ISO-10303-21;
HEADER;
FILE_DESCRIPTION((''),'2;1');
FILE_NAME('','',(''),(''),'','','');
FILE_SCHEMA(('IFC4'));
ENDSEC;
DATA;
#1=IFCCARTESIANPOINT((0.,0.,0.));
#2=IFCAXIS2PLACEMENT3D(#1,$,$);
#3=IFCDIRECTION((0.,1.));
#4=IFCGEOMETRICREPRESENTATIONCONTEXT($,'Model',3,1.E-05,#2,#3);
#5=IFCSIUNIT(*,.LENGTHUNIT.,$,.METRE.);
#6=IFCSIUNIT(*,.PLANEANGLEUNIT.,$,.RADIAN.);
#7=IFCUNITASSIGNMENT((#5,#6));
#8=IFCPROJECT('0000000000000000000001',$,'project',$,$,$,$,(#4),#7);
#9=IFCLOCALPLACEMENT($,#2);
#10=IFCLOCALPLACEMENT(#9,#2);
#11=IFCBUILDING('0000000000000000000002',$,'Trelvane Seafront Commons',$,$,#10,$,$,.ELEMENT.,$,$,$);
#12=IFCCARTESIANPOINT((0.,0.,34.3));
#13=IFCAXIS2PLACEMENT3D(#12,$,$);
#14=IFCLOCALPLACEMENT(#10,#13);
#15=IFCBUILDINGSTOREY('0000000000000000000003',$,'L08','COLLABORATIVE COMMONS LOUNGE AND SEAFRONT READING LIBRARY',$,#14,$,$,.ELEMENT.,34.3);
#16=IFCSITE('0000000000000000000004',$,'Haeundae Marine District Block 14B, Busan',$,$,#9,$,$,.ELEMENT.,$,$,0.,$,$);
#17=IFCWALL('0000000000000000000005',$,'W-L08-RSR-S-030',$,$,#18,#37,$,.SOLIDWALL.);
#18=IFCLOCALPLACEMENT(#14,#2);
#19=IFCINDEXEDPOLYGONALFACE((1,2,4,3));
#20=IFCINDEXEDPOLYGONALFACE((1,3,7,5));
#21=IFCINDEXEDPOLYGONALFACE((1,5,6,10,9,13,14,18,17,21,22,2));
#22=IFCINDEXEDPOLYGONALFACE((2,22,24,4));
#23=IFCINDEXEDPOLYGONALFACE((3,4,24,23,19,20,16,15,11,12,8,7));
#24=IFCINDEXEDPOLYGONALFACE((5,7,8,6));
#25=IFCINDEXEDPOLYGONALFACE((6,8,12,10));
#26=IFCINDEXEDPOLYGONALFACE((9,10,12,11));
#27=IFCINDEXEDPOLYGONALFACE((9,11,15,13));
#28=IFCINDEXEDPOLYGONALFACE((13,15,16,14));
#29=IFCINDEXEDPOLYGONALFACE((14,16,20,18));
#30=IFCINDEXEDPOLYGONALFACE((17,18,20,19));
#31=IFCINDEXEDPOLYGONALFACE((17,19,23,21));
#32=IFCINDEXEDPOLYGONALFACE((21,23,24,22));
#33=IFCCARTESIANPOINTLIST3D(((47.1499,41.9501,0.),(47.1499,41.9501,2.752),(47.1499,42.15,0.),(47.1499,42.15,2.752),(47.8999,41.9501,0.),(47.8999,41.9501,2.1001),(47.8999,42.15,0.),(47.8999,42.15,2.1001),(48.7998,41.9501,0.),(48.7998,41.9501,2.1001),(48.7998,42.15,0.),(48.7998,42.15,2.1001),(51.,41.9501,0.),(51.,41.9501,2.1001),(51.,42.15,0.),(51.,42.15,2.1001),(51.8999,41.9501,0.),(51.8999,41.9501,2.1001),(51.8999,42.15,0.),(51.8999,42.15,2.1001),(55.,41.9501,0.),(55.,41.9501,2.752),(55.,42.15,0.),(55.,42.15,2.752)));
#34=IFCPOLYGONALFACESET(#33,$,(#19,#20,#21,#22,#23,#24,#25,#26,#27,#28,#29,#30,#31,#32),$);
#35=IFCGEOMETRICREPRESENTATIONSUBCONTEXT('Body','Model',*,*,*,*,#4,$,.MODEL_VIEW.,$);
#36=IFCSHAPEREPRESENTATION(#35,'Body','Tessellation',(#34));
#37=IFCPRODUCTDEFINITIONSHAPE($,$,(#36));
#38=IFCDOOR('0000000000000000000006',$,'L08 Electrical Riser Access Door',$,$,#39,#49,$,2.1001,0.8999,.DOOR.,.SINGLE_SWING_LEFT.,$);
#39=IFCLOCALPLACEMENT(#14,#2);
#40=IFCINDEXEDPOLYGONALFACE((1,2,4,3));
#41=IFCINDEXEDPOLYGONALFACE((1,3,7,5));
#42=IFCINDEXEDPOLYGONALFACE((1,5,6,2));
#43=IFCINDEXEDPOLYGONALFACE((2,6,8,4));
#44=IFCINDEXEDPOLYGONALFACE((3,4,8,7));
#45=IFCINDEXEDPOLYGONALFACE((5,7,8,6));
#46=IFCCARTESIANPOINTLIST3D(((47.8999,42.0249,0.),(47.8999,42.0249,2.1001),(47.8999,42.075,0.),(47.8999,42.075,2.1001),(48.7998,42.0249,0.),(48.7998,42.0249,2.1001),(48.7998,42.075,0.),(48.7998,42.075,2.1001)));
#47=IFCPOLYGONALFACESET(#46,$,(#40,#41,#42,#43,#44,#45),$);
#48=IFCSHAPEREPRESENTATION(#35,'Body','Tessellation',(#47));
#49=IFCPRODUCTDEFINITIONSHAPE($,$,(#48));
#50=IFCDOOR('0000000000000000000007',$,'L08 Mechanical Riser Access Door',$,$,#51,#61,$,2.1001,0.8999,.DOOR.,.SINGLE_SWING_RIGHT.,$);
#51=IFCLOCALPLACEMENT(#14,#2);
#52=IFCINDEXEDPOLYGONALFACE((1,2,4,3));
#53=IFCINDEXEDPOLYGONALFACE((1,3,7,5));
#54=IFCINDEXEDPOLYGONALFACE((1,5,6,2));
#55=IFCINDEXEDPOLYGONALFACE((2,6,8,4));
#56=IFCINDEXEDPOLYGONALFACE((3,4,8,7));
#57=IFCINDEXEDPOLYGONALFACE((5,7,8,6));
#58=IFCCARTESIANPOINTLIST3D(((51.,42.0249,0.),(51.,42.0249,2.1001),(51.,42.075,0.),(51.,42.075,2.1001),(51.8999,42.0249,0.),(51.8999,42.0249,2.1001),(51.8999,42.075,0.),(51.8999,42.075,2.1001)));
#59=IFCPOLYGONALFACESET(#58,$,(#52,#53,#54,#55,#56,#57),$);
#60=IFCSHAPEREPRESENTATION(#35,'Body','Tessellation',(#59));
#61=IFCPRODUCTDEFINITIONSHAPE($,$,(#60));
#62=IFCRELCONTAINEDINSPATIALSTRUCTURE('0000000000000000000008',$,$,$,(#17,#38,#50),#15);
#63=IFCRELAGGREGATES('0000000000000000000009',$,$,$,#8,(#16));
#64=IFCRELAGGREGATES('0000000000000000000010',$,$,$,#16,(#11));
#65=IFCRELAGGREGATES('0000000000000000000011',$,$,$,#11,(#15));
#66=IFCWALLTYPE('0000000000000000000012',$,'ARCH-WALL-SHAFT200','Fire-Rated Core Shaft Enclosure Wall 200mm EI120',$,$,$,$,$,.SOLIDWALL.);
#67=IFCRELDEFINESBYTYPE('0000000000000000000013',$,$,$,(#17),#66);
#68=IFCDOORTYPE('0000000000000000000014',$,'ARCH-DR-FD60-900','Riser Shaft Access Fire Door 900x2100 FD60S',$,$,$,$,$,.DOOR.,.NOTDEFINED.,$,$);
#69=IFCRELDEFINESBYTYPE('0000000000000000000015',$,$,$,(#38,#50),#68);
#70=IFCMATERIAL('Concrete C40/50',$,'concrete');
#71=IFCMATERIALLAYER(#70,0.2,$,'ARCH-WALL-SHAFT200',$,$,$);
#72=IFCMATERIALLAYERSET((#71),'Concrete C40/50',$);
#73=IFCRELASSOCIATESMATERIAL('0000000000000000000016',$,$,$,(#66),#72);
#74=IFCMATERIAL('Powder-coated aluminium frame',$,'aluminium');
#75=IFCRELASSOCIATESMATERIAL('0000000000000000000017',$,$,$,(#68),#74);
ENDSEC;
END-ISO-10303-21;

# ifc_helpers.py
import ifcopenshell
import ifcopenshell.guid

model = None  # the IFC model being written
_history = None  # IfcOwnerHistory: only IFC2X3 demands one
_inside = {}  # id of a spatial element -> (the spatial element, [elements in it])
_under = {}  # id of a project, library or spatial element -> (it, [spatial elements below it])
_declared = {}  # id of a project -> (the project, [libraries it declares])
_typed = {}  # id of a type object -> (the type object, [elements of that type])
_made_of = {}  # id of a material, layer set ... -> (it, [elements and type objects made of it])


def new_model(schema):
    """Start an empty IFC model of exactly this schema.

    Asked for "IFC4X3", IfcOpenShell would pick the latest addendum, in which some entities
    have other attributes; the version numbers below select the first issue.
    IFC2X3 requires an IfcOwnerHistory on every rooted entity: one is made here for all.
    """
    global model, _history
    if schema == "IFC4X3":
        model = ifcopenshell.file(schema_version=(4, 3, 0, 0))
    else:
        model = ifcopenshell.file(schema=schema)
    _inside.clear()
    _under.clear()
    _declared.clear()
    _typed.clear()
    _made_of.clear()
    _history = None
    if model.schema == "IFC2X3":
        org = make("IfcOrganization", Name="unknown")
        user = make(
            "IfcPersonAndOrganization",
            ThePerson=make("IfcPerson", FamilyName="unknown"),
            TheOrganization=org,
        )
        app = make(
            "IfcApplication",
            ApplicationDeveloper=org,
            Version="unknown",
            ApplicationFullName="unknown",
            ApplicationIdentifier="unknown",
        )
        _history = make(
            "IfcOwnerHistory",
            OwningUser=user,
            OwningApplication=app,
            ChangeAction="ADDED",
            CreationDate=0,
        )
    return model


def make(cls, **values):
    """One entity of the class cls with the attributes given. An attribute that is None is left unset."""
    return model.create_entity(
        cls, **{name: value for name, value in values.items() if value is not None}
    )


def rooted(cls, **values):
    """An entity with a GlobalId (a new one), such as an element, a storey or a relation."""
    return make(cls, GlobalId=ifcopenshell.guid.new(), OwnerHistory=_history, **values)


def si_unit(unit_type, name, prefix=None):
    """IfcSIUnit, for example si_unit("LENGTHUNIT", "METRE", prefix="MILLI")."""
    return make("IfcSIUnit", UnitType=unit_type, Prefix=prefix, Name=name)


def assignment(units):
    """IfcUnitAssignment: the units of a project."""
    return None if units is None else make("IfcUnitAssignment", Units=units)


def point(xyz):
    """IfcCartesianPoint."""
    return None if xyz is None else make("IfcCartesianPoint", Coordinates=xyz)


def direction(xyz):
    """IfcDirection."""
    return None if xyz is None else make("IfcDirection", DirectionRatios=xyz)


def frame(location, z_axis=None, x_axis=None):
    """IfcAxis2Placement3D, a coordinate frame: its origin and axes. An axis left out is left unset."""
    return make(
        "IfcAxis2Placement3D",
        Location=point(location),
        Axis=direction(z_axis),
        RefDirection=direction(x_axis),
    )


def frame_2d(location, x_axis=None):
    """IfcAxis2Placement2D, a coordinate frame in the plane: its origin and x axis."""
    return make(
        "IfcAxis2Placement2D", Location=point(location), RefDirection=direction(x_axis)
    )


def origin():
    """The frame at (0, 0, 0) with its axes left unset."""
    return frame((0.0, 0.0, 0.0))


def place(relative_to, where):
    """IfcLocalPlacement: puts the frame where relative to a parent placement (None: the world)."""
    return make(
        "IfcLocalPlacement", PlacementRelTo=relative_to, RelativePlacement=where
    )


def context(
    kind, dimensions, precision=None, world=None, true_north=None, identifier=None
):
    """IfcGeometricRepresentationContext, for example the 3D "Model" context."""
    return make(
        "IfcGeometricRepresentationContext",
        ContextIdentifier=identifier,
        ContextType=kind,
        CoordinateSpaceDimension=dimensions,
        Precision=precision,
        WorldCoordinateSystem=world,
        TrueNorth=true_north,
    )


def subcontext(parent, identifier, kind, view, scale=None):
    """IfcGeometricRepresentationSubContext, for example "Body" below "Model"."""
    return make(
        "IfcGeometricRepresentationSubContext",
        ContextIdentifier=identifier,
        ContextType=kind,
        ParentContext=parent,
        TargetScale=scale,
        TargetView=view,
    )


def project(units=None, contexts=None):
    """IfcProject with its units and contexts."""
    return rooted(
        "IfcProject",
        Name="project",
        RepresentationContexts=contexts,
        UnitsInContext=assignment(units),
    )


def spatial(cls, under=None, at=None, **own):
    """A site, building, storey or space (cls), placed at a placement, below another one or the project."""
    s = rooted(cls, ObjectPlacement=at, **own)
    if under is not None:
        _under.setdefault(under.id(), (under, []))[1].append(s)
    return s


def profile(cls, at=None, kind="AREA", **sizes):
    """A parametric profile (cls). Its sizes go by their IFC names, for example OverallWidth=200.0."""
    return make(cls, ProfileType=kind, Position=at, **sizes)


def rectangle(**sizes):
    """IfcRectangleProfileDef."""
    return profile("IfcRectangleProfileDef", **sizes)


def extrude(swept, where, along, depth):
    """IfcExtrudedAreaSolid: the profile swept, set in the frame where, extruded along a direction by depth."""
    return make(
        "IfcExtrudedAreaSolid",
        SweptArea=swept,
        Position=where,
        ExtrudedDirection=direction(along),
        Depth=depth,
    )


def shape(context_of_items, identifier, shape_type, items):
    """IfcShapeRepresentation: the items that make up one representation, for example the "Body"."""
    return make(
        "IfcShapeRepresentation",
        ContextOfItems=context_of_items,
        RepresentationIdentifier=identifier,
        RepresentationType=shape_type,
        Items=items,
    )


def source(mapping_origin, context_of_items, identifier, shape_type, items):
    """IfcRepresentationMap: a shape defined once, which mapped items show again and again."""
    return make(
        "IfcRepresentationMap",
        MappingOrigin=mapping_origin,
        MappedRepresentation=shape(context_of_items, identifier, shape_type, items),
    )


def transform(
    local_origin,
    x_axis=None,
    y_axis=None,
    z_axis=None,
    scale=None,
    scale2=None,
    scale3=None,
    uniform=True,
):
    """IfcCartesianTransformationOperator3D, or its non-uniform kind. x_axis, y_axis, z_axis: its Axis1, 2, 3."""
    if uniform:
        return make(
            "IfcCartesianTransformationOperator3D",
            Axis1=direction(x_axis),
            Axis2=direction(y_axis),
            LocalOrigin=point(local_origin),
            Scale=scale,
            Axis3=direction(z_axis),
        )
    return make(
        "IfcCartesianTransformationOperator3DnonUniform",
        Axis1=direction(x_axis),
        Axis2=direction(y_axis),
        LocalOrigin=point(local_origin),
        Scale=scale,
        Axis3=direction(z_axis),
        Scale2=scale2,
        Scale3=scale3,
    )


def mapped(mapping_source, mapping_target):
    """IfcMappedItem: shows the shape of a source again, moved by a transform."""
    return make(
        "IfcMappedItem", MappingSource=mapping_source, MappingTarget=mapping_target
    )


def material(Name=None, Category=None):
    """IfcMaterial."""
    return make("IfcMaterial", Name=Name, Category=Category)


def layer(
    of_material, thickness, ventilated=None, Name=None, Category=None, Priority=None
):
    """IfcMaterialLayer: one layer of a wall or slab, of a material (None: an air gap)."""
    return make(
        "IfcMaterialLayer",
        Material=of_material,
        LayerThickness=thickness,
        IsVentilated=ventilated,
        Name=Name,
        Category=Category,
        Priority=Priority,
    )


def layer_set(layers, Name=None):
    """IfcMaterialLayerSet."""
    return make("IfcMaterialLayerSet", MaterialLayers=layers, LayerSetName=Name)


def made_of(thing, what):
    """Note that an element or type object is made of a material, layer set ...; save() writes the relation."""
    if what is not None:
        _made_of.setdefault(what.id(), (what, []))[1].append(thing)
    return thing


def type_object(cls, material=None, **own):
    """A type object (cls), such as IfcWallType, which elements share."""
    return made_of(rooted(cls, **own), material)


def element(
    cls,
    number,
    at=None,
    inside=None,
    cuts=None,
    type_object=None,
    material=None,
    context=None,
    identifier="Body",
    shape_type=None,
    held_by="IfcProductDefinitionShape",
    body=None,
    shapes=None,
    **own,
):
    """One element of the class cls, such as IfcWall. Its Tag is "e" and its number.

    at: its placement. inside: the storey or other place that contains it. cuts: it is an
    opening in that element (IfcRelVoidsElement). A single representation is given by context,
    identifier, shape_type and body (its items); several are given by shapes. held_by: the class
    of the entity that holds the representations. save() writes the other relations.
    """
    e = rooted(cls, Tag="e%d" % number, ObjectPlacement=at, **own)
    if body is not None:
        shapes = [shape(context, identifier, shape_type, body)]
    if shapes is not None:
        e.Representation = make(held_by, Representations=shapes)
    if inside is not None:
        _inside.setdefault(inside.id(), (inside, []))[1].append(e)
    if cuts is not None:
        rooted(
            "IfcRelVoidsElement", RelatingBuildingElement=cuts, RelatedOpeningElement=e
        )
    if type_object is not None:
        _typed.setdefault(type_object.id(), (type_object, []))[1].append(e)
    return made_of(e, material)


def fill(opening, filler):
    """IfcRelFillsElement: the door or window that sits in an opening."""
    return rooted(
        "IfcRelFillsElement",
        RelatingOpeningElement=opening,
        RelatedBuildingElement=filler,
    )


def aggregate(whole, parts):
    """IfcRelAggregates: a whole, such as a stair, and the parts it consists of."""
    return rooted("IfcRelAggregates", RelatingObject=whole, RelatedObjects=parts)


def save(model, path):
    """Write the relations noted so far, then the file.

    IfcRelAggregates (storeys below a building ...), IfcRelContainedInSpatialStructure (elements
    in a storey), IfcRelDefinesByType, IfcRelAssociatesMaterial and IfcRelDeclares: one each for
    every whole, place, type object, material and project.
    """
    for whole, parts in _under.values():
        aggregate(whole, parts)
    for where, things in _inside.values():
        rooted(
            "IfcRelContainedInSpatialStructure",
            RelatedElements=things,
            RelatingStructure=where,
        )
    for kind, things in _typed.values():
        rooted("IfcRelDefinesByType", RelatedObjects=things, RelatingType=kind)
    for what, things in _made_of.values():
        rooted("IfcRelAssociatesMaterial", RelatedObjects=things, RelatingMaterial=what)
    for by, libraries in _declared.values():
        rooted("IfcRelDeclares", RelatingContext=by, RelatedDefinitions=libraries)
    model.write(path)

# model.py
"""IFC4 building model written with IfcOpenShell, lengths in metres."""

from ifc_helpers import new_model, si_unit, direction, frame, frame_2d, origin, place, context, subcontext, project, spatial, rectangle, extrude, source, transform, mapped, material, layer, layer_set, type_object, element, fill, save


model = new_model("IFC4")

# Units and contexts
model_context = context("Model", 3, precision=1e-05, world=origin(), true_north=direction((0.0, 1.0)))
body_context = subcontext(model_context, "Body", "Model", "MODEL_VIEW")
ifc_project = project(units=[si_unit("LENGTHUNIT", "METRE"), si_unit("PLANEANGLEUNIT", "RADIAN")], contexts=[model_context])

# Site, building, storey
site_placement = place(None, origin())
site = spatial("IfcSite", under=ifc_project, at=site_placement, Name="Haeundae Marine District Block 14B, Busan", CompositionType="ELEMENT", RefElevation=0.0)
building_placement = place(site_placement, origin())
building = spatial("IfcBuilding", under=site, at=building_placement, Name="Trelvane Seafront Commons", CompositionType="ELEMENT")
storey_placement = place(building_placement, frame((0.0, 0.0, 34.3)))
storey = spatial("IfcBuildingStorey", under=building, at=storey_placement, Name="L08", Description="COLLABORATIVE COMMONS LOUNGE AND SEAFRONT READING LIBRARY", CompositionType="ELEMENT", Elevation=34.3)

# Wall, openings, doors
ifc_material_1 = material(Name="Concrete C40/50", Category="concrete")
ifc_layer_1 = layer(ifc_material_1, 0.2, Name="ARCH-WALL-SHAFT200")
ifc_layer_set_1 = layer_set([ifc_layer_1], Name="Concrete C40/50")
wall_type_1 = type_object("IfcWallType", Name="ARCH-WALL-SHAFT200", Description="Fire-Rated Core Shaft Enclosure Wall 200mm EI120", PredefinedType="SOLIDWALL", material=ifc_layer_set_1)
wall_1_placement = place(storey_placement, frame((47.1499, 42.05, 0.0), z_axis=(0.0, 0.0, 1.0), x_axis=(1.0, 0.0, 0.0)))
wall_1 = element("IfcWall", 1, at=wall_1_placement, inside=storey, type_object=wall_type_1, Name="W-L08-RSR-S-030", PredefinedType="SOLIDWALL", context=body_context, shape_type="SweptSolid", body=[
    extrude(rectangle(XDim=7.8501, YDim=0.2, at=frame_2d((3.925, 0.0))), origin(), (0.0, 0.0, 1.0), 2.752),
])
opening_1_placement = place(wall_1_placement, frame((0.75, 0.0, 0.0)))
opening_1 = element("IfcOpeningElement", 2, at=opening_1_placement, cuts=wall_1, PredefinedType="OPENING", context=body_context, shape_type="SweptSolid", body=[
    extrude(rectangle(XDim=0.8999, YDim=2.1001, at=frame_2d((0.45, 1.05))), frame((0.0, 0.1099, 0.0), z_axis=(0.0, -1.0, 0.0), x_axis=(1.0, 0.0, 0.0)), (0.0, 0.0, 1.0), 0.22),
])
opening_2_placement = place(wall_1_placement, frame((3.8501, 0.0, 0.0)))
opening_2 = element("IfcOpeningElement", 3, at=opening_2_placement, cuts=wall_1, PredefinedType="OPENING", context=body_context, shape_type="SweptSolid", body=[
    extrude(rectangle(XDim=0.8999, YDim=2.1001, at=frame_2d((0.45, 1.05))), frame((0.0, 0.1099, 0.0), z_axis=(0.0, -1.0, 0.0), x_axis=(1.0, 0.0, 0.0)), (0.0, 0.0, 1.0), 0.22),
])
ifc_material_2 = material(Name="Powder-coated aluminium frame", Category="aluminium")
door_type = type_object("IfcDoorType", Name="ARCH-DR-FD60-900", Description="Riser Shaft Access Fire Door 900x2100 FD60S", OperationType="NOTDEFINED", PredefinedType="DOOR", material=ifc_material_2)
shared_shape_1 = source(origin(), body_context, "Body", "SweptSolid", [
    extrude(rectangle(XDim=0.8999, YDim=2.1001, at=frame_2d((0.45, 1.05))), frame((0.0, 0.0249, 0.0), z_axis=(0.0, -1.0, 0.0), x_axis=(1.0, 0.0, 0.0)), (0.0, 0.0, 1.0), 0.05),
])
door_1_placement = place(opening_1_placement, origin())
door_1 = element("IfcDoor", 4, at=door_1_placement, inside=storey, type_object=door_type, Name="L08 Electrical Riser Access Door", OperationType="SINGLE_SWING_LEFT", OverallHeight=2.1001, OverallWidth=0.8999, PredefinedType="DOOR", context=body_context, shape_type="MappedRepresentation", body=[
    mapped(shared_shape_1, transform((0.0, 0.0, 0.0), x_axis=(1.0, 0.0, 0.0), y_axis=(0.0, 1.0, 0.0), z_axis=(0.0, 0.0, 1.0), scale=1.0)),
])
fill(opening_1, door_1)
door_2_placement = place(opening_2_placement, origin())
door_2 = element("IfcDoor", 5, at=door_2_placement, inside=storey, type_object=door_type, Name="L08 Mechanical Riser Access Door", OperationType="SINGLE_SWING_RIGHT", OverallHeight=2.1001, OverallWidth=0.8999, PredefinedType="DOOR", context=body_context, shape_type="MappedRepresentation", body=[
    mapped(shared_shape_1, transform((0.0, 0.0, 0.0), x_axis=(1.0, 0.0, 0.0), y_axis=(0.0, 1.0, 0.0), z_axis=(0.0, 0.0, 1.0), scale=1.0)),
])
fill(opening_2, door_2)

save(model, "model.ifc")
